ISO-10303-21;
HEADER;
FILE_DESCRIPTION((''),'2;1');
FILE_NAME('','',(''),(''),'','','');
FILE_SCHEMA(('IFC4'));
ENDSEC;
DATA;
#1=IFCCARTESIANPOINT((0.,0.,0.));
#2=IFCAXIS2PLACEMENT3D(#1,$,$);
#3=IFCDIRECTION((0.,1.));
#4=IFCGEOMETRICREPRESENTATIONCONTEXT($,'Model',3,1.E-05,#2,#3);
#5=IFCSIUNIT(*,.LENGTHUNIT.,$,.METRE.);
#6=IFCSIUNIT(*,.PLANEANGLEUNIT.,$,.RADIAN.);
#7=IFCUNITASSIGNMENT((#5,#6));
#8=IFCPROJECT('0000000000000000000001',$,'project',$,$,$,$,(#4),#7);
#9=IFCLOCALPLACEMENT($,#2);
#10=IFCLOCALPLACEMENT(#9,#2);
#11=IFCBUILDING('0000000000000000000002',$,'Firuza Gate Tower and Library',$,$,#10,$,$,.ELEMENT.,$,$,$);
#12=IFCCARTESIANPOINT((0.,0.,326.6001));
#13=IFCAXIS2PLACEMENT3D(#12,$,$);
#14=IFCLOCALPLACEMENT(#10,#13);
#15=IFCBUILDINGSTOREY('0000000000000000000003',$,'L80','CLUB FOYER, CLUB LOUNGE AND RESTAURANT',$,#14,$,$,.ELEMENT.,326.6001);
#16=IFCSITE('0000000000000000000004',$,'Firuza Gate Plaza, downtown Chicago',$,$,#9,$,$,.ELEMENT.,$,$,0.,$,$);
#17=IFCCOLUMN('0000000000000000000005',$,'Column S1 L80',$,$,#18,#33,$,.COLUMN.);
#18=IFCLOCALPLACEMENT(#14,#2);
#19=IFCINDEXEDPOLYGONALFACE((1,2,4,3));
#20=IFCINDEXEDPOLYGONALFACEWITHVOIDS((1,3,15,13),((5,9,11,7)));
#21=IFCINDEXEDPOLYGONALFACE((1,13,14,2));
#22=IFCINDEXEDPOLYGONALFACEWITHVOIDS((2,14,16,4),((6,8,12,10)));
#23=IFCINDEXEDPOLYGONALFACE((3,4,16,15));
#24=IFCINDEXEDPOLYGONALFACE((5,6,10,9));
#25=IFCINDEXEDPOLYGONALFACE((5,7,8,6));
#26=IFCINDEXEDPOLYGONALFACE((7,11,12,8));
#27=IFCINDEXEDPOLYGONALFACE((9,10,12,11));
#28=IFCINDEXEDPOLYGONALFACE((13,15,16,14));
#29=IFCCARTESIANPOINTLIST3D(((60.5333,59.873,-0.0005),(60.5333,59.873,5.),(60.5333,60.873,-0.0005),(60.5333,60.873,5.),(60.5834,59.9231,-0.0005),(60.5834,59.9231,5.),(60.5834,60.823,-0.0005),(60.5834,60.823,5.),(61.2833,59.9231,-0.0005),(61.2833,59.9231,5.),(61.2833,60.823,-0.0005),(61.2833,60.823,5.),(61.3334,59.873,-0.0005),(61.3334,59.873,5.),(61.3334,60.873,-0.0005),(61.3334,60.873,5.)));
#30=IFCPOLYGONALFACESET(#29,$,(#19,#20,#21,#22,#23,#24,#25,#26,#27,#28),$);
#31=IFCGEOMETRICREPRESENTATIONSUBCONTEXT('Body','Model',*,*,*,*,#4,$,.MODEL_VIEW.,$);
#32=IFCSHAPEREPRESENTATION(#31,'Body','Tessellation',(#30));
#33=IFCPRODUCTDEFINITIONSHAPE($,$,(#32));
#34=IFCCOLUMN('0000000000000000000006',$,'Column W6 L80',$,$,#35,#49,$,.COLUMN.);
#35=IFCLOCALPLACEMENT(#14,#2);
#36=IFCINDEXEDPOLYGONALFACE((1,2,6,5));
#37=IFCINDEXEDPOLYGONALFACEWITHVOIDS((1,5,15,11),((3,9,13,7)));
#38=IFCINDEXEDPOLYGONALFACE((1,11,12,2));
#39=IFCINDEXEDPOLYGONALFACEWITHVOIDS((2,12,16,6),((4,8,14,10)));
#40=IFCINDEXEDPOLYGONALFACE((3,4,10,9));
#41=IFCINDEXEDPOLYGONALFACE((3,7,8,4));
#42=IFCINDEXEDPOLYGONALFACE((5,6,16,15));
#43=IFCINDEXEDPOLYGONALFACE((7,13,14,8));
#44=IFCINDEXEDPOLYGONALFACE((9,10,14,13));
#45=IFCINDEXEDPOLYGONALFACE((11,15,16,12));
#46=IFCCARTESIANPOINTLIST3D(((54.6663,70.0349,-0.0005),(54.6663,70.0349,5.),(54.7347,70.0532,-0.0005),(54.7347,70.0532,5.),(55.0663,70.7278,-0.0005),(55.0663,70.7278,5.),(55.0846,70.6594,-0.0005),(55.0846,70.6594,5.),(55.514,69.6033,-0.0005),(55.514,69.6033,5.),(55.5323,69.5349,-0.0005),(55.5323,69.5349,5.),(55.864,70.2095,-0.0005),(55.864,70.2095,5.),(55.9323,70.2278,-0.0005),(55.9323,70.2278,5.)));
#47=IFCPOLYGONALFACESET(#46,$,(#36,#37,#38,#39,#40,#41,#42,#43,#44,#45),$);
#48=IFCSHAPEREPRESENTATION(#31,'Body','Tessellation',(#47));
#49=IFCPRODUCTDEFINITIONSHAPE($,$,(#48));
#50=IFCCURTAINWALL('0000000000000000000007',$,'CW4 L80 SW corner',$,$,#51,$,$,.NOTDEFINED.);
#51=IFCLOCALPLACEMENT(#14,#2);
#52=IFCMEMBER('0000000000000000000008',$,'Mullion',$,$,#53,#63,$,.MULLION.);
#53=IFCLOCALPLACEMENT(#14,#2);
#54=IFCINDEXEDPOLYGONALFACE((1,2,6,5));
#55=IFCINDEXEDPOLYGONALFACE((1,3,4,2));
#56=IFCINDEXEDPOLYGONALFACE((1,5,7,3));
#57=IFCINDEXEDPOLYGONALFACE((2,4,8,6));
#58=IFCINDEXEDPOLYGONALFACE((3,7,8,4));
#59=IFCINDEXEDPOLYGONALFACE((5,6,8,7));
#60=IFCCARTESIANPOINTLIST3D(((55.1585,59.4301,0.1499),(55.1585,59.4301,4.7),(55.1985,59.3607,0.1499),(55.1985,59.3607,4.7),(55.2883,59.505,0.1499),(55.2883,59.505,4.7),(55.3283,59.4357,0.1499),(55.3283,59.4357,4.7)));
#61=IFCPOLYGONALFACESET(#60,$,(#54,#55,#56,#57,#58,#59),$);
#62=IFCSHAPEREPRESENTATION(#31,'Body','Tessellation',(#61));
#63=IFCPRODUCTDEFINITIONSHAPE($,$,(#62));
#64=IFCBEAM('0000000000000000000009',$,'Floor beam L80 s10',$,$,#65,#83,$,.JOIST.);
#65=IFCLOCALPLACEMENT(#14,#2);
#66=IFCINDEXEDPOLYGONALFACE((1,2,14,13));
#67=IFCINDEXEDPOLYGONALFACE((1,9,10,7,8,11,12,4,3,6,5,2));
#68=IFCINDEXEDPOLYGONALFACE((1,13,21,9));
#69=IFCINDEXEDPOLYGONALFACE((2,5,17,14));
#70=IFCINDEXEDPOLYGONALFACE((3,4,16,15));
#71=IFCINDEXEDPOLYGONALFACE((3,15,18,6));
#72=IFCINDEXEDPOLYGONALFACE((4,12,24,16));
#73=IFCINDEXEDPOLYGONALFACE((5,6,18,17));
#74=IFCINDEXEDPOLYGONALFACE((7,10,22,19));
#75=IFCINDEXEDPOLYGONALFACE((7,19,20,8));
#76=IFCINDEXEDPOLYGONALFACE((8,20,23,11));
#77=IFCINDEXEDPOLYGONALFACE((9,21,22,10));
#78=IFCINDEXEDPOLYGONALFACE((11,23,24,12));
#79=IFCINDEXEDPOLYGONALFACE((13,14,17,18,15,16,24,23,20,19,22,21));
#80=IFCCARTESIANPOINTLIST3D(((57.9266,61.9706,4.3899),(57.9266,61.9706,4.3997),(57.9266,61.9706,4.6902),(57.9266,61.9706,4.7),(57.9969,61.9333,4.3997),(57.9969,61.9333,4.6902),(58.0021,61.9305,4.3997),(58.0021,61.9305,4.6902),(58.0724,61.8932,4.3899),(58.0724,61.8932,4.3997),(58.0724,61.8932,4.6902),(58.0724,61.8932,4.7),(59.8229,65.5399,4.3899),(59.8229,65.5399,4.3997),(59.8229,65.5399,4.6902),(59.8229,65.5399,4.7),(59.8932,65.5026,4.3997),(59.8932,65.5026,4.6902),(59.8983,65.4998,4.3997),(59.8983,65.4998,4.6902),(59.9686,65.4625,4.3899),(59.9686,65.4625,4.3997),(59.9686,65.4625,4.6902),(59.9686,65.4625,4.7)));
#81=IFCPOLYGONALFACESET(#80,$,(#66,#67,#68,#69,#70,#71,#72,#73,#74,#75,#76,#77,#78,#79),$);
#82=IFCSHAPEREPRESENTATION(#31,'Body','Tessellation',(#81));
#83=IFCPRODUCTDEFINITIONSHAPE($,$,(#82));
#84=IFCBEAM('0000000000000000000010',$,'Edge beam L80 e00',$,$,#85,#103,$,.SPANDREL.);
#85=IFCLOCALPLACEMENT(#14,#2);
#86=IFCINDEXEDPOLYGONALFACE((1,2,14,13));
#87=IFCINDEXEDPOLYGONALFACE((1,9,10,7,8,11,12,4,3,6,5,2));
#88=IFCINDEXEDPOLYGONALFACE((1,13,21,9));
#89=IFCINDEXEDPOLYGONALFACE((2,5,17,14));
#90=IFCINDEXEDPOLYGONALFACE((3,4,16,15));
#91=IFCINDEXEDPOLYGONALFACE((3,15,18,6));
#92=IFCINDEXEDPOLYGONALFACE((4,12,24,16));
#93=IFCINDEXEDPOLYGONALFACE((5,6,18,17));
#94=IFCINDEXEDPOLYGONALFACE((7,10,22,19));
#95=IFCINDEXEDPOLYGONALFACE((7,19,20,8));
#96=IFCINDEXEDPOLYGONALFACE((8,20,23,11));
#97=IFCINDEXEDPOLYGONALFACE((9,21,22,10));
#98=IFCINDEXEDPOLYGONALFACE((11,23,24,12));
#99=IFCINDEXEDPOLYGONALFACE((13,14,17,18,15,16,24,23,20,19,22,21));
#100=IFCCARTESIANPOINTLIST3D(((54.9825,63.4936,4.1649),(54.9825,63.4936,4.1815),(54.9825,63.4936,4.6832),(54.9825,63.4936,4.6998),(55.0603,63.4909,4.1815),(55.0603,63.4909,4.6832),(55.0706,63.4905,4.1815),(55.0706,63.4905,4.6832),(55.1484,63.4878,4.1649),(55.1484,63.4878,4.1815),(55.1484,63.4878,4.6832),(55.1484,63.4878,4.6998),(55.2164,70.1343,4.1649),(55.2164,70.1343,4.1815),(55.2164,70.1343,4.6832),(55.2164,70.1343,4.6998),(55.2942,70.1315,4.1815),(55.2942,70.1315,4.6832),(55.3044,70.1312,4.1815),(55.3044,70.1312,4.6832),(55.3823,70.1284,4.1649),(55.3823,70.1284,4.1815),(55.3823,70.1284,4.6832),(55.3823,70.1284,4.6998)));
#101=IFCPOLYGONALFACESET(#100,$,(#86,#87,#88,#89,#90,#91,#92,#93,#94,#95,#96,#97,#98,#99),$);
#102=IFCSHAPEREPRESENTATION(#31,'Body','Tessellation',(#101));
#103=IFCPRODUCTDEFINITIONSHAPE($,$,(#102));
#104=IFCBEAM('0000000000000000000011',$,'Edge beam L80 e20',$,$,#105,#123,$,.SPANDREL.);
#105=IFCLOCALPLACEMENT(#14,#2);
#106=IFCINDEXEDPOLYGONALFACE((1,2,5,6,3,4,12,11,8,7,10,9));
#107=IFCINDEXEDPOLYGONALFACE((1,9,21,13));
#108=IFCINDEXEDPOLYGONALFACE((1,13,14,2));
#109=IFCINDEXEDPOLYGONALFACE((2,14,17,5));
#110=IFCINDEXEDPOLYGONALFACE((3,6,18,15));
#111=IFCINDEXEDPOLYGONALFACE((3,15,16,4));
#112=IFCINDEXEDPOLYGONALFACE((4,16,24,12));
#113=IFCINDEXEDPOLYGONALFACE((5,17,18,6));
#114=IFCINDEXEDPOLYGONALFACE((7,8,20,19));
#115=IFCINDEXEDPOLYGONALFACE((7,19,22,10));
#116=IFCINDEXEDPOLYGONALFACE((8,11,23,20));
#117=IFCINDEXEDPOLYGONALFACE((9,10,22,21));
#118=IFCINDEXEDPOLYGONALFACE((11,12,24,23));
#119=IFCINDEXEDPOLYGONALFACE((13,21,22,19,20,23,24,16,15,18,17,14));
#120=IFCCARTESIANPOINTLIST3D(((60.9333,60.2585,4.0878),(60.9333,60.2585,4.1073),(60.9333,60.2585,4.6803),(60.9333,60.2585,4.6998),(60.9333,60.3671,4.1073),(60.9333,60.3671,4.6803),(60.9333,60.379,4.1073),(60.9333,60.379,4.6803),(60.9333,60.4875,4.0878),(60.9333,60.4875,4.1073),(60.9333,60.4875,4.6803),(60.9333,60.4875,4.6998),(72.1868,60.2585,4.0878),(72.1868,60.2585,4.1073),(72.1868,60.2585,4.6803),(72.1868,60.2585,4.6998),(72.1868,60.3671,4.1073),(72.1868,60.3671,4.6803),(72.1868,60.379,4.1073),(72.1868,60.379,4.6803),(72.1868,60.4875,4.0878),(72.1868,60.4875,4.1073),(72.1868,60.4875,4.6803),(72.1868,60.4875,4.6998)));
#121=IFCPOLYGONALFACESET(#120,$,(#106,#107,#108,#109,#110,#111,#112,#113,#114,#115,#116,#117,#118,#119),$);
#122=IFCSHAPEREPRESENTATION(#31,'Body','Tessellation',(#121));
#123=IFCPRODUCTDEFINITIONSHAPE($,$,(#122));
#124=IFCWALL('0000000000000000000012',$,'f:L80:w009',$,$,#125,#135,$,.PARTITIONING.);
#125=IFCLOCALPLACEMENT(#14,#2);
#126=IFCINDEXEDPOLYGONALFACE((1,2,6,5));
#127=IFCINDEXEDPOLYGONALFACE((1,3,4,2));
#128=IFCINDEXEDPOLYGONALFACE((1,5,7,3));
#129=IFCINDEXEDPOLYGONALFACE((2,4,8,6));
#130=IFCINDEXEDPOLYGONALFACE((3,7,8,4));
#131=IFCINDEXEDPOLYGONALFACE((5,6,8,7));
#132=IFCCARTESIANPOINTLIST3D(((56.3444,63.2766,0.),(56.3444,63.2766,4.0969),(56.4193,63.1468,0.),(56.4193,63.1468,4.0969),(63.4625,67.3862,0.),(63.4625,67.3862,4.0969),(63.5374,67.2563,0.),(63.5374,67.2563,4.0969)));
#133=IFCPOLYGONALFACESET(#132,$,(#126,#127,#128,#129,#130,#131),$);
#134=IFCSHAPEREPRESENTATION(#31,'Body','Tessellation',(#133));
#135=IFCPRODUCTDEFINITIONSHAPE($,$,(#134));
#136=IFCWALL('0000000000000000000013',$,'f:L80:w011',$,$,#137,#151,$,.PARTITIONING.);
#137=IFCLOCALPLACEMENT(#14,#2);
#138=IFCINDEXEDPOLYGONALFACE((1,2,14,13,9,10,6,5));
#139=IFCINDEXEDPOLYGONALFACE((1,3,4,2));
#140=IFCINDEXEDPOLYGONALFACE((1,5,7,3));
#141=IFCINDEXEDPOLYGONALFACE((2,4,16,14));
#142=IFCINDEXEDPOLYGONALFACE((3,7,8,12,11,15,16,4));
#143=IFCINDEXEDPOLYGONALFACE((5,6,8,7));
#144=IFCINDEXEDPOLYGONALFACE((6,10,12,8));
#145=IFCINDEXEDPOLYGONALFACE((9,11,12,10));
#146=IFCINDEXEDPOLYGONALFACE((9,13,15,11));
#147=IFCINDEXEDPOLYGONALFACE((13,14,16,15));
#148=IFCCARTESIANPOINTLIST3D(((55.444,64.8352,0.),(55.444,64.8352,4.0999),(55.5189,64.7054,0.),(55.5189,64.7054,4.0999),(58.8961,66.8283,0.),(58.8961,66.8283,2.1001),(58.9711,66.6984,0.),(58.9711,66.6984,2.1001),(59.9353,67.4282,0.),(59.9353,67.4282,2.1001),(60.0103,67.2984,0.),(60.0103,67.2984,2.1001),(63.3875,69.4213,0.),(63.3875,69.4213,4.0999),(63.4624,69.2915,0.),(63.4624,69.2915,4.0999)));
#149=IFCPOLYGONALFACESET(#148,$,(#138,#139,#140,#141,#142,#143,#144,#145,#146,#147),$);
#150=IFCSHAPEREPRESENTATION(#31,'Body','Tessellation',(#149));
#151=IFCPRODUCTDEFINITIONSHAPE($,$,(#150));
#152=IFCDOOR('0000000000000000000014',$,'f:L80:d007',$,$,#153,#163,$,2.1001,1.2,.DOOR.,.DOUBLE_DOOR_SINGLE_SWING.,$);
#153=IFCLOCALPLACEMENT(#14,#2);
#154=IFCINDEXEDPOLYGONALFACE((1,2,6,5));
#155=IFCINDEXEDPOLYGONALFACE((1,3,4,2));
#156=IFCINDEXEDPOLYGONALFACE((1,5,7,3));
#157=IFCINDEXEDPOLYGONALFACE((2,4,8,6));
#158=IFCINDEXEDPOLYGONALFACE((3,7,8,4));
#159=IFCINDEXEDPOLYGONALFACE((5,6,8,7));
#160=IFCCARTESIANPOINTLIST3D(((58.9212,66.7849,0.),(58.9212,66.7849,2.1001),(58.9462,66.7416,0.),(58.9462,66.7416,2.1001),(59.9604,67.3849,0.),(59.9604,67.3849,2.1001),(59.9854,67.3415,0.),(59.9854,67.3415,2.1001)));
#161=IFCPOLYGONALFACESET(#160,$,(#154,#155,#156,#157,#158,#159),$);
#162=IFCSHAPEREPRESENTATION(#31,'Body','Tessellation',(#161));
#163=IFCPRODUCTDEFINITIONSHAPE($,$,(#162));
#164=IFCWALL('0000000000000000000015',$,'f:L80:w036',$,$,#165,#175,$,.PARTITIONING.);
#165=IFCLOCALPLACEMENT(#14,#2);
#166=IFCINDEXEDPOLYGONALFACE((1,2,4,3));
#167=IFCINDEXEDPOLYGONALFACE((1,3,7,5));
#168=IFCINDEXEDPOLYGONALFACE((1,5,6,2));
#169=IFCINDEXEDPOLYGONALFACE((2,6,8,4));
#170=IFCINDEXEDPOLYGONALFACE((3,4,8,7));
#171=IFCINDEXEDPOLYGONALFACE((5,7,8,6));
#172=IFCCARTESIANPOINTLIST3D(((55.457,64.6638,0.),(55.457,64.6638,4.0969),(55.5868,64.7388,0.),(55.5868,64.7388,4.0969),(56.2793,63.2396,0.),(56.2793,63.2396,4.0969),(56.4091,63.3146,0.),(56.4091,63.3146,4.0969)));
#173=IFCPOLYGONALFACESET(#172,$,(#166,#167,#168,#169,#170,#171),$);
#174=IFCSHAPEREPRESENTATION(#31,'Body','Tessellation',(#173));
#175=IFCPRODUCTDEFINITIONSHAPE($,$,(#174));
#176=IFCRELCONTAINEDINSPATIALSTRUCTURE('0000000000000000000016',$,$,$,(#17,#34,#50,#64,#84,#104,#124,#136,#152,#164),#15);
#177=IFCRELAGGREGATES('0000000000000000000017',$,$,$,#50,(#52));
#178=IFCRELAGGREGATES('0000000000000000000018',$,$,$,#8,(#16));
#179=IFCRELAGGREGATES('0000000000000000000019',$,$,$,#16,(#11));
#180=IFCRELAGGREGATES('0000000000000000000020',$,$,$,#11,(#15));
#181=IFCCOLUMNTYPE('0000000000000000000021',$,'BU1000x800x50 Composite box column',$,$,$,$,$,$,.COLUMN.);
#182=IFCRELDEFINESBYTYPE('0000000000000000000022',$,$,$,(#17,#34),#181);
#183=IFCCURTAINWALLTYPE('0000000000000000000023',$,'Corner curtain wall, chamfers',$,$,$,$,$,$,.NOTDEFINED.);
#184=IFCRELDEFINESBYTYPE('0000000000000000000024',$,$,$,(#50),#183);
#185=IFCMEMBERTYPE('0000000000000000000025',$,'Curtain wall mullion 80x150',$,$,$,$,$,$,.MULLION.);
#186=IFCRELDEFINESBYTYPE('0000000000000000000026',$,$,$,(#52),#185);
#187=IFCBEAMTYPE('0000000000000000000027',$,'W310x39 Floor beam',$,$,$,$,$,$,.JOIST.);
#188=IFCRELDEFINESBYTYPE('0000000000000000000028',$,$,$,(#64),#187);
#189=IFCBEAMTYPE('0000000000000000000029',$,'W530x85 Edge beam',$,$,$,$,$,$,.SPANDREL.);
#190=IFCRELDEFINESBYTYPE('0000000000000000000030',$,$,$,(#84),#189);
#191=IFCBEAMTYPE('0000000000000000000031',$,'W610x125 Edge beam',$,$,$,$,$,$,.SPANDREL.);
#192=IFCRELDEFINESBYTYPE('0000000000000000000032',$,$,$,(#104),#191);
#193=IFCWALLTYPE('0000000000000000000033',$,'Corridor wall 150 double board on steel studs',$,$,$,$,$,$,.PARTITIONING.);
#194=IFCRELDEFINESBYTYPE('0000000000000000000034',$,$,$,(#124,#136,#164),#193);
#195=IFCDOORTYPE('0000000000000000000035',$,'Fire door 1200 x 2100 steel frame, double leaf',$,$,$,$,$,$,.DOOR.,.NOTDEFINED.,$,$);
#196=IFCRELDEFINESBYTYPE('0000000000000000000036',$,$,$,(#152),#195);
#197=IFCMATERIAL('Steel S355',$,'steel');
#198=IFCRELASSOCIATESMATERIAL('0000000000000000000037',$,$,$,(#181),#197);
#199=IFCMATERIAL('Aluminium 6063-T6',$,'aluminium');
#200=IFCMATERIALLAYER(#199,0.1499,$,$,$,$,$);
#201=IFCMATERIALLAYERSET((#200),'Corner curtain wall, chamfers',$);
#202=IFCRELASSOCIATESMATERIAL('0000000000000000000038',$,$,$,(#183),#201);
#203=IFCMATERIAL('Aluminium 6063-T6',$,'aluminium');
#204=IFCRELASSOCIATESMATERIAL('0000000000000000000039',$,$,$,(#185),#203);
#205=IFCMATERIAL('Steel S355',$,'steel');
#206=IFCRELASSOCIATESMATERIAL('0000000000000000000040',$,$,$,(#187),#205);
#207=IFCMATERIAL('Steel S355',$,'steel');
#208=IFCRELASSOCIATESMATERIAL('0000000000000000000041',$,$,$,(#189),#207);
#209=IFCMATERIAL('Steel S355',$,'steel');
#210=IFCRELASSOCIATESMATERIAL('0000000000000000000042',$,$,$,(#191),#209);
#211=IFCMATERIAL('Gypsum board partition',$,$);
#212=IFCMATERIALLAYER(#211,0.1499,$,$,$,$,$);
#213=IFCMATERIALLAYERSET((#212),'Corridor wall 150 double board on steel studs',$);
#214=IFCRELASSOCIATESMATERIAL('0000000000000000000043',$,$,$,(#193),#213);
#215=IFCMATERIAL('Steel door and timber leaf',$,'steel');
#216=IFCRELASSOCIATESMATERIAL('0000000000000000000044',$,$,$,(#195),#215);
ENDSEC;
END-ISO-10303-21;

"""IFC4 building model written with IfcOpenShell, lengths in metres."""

from ifc_helpers import new_model, si_unit, direction, frame, frame_2d, origin, origin_2d, place, context, subcontext, project, spatial, rectangle, hollow_rectangle, i_section, extrude, material, layer, layer_set, material_profile, profile_set, type_object, element, fill, aggregate, save


model = new_model("IFC4")

# Units and contexts
model_context = context("Model", 3, precision=1e-05, world=origin(), true_north=direction((0.0, 1.0)))
body_context = subcontext(model_context, "Body", "Model", "MODEL_VIEW")
ifc_project = project(units=[si_unit("LENGTHUNIT", "METRE"), si_unit("PLANEANGLEUNIT", "RADIAN")], contexts=[model_context])

# Site, building, storey
site_placement = place(None, origin())
site = spatial("IfcSite", under=ifc_project, at=site_placement, Name="Firuza Gate Plaza, downtown Chicago", CompositionType="ELEMENT", RefElevation=0.0)
building_placement = place(site_placement, origin())
building = spatial("IfcBuilding", under=site, at=building_placement, Name="Firuza Gate Tower and Library", CompositionType="ELEMENT")
storey_placement = place(building_placement, frame((0.0, 0.0, 326.6001)))
storey = spatial("IfcBuildingStorey", under=building, at=storey_placement, Name="L80", Description="CLUB FOYER, CLUB LOUNGE AND RESTAURANT", CompositionType="ELEMENT", Elevation=326.6001)

# Columns
ifc_material_1 = material(Name="Steel S355", Category="steel")
ifc_material_profile_1 = material_profile(ifc_material_1, hollow_rectangle(XDim=0.8, YDim=1.0, WallThickness=0.05, at=origin_2d()))
ifc_profile_set_1 = profile_set([ifc_material_profile_1], Name="Steel S355")
column_type = type_object("IfcColumnType", Name="BU1000x800x50 Composite box column", PredefinedType="COLUMN", material=ifc_profile_set_1)
for number, where, z_axis, x_axis, name in (
    (1, (60.9333, 60.373, -0.0005), (0.0, 0.0, 1.0), (1.0, 0.0, 0.0), "Column S1 L80"),
    (2, (55.2993, 70.1313, -0.0005), (0.0, 0.0, 1.0), (-0.5, -0.866025, 0.0), "Column W6 L80"),
):
    element("IfcColumn", number, at=place(storey_placement, frame(where, z_axis=z_axis, x_axis=x_axis)), inside=storey, type_object=column_type, Name=name, PredefinedType="COLUMN", context=body_context, shape_type="SweptSolid", body=[
        extrude(hollow_rectangle(XDim=0.8, YDim=1.0, WallThickness=0.05, at=origin_2d()), origin(), (0.0, 0.0, 1.0), 5.0005),
    ])

# Curtain wall, member
ifc_material_2 = material(Name="Aluminium 6063-T6", Category="aluminium")
ifc_layer_1 = layer(ifc_material_2, 0.1499)
ifc_layer_set_1 = layer_set([ifc_layer_1], Name="Corner curtain wall, chamfers")
curtain_wall_type = type_object("IfcCurtainWallType", Name="Corner curtain wall, chamfers", PredefinedType="NOTDEFINED", material=ifc_layer_set_1)
curtain_wall_placement = place(storey_placement, origin())
curtain_wall = element("IfcCurtainWall", 3, at=curtain_wall_placement, inside=storey, type_object=curtain_wall_type, Name="CW4 L80 SW corner", PredefinedType="NOTDEFINED")
ifc_material_3 = material(Name="Aluminium 6063-T6", Category="aluminium")
ifc_material_profile_2 = material_profile(ifc_material_3, rectangle(XDim=0.1499, YDim=0.0801, at=origin_2d()))
ifc_profile_set_2 = profile_set([ifc_material_profile_2], Name="Aluminium 6063-T6")
member_type = type_object("IfcMemberType", Name="Curtain wall mullion 80x150", PredefinedType="MULLION", material=ifc_profile_set_2)
member_placement = place(storey_placement, frame((55.2434, 59.4329, 0.1499), z_axis=(0.0, 0.0, 1.0), x_axis=(0.866025, 0.5, 0.0)))
member = element("IfcMember", 4, at=member_placement, type_object=member_type, Name="Mullion", PredefinedType="MULLION", context=body_context, shape_type="SweptSolid", body=[
    extrude(rectangle(XDim=0.1499, YDim=0.0801, at=origin_2d()), origin(), (0.0, 0.0, 1.0), 4.55),
])
aggregate(curtain_wall, [member])

# Beams
ifc_material_4 = material(Name="Steel S355", Category="steel")
ifc_material_profile_3 = material_profile(ifc_material_4, i_section(OverallWidth=0.165, OverallDepth=0.3101, WebThickness=0.0059, FlangeThickness=0.0098, at=origin_2d()))
ifc_profile_set_3 = profile_set([ifc_material_profile_3], Name="Steel S355")
beam_type_1 = type_object("IfcBeamType", Name="W310x39 Floor beam", PredefinedType="JOIST", material=ifc_profile_set_3)
beam_1_placement = place(storey_placement, frame((57.9995, 61.9319, 4.5449), z_axis=(0.469161, 0.883113, 0.0), x_axis=(-0.883113, 0.469161, 0.0)))
element("IfcBeam", 5, at=beam_1_placement, inside=storey, type_object=beam_type_1, Name="Floor beam L80 s10", PredefinedType="JOIST", context=body_context, shape_type="SweptSolid", body=[
    extrude(i_section(OverallWidth=0.165, OverallDepth=0.3101, WebThickness=0.0059, FlangeThickness=0.0098, at=origin_2d()), origin(), (0.0, 0.0, 1.0), 4.0417),
])
ifc_material_5 = material(Name="Steel S355", Category="steel")
ifc_material_profile_4 = material_profile(ifc_material_5, i_section(OverallWidth=0.166, OverallDepth=0.5349, WebThickness=0.0103, FlangeThickness=0.0166, at=origin_2d()))
ifc_profile_set_4 = profile_set([ifc_material_profile_4], Name="Steel S355")
beam_type_2 = type_object("IfcBeamType", Name="W530x85 Edge beam", PredefinedType="SPANDREL", material=ifc_profile_set_4)
beam_2_placement = place(storey_placement, frame((55.2993, 70.1313, 4.4324), z_axis=(-0.035199, -0.99938, 0.0), x_axis=(0.99938, -0.035199, 0.0)))
element("IfcBeam", 6, at=beam_2_placement, inside=storey, type_object=beam_type_2, Name="Edge beam L80 e00", PredefinedType="SPANDREL", context=body_context, shape_type="SweptSolid", body=[
    extrude(i_section(OverallWidth=0.166, OverallDepth=0.5349, WebThickness=0.0103, FlangeThickness=0.0166, at=origin_2d()), origin(), (0.0, 0.0, 1.0), 6.6448),
])
ifc_material_6 = material(Name="Steel S355", Category="steel")
ifc_material_profile_5 = material_profile(ifc_material_6, i_section(OverallWidth=0.229, OverallDepth=0.6121, WebThickness=0.012, FlangeThickness=0.0195, at=origin_2d()))
ifc_profile_set_5 = profile_set([ifc_material_profile_5], Name="Steel S355")
beam_type_3 = type_object("IfcBeamType", Name="W610x125 Edge beam", PredefinedType="SPANDREL", material=ifc_profile_set_5)
beam_3_placement = place(storey_placement, frame((60.9333, 60.373, 4.3938), z_axis=(1.0, 0.0, 0.0), x_axis=(0.0, 1.0, 0.0)))
element("IfcBeam", 7, at=beam_3_placement, inside=storey, type_object=beam_type_3, Name="Edge beam L80 e20", PredefinedType="SPANDREL", context=body_context, shape_type="SweptSolid", body=[
    extrude(i_section(OverallWidth=0.229, OverallDepth=0.6121, WebThickness=0.012, FlangeThickness=0.0195, at=origin_2d()), origin(), (0.0, 0.0, 1.0), 11.2534),
])

# Wall
ifc_material_7 = material(Name="Gypsum board partition")
ifc_layer_2 = layer(ifc_material_7, 0.1499)
ifc_layer_set_2 = layer_set([ifc_layer_2], Name="Corridor wall 150 double board on steel studs")
wall_type_1 = type_object("IfcWallType", Name="Corridor wall 150 double board on steel studs", PredefinedType="PARTITIONING", material=ifc_layer_set_2)
wall_1_placement = place(storey_placement, frame((56.3818, 63.2117, 0.0), z_axis=(0.0, 0.0, 1.0), x_axis=(0.866028, 0.499995, 0.0)))
element("IfcWall", 8, at=wall_1_placement, inside=storey, type_object=wall_type_1, Name="f:L80:w009", PredefinedType="PARTITIONING", context=body_context, shape_type="SweptSolid", body=[
    extrude(rectangle(XDim=8.2192, YDim=0.1499, at=frame_2d((4.1096, 0.0))), origin(), (0.0, 0.0, 1.0), 4.0969),
])

# Wall, opening, door
wall_2_placement = place(storey_placement, frame((55.4814, 64.7703, 0.0), z_axis=(0.0, 0.0, 1.0), x_axis=(0.866028, 0.499995, 0.0)))
wall_2 = element("IfcWall", 9, at=wall_2_placement, inside=storey, type_object=wall_type_1, Name="f:L80:w011", PredefinedType="PARTITIONING", context=body_context, shape_type="SweptSolid", body=[
    extrude(rectangle(XDim=9.1724, YDim=0.1499, at=frame_2d((4.5862, 0.0))), origin(), (0.0, 0.0, 1.0), 4.0999),
])
opening_1_placement = place(wall_2_placement, frame((3.9861, 0.0, 0.0)))
opening_1 = element("IfcOpeningElement", 10, at=opening_1_placement, cuts=wall_2, PredefinedType="OPENING", context=body_context, shape_type="SweptSolid", body=[
    extrude(rectangle(XDim=1.2, YDim=2.1001, at=frame_2d((0.6001, 1.05))), frame((0.0, 0.085, 0.0), z_axis=(0.0, -1.0, 0.0), x_axis=(1.0, 0.0, 0.0)), (0.0, 0.0, 1.0), 0.1699),
])
ifc_material_8 = material(Name="Steel door and timber leaf", Category="steel")
door_type_1 = type_object("IfcDoorType", Name="Fire door 1200 x 2100 steel frame, double leaf", OperationType="NOTDEFINED", PredefinedType="DOOR", material=ifc_material_8)
door_1_placement = place(opening_1_placement, origin())
door_1 = element("IfcDoor", 11, at=door_1_placement, inside=storey, type_object=door_type_1, Name="f:L80:d007", OperationType="DOUBLE_DOOR_SINGLE_SWING", OverallHeight=2.1001, OverallWidth=1.2, PredefinedType="DOOR", context=body_context, shape_type="SweptSolid", body=[
    extrude(rectangle(XDim=1.2, YDim=2.1001, at=frame_2d((0.6001, 1.05))), frame((0.0, 0.0249, 0.0), z_axis=(0.0, -1.0, 0.0), x_axis=(1.0, 0.0, 0.0)), (0.0, 0.0, 1.0), 0.05),
])
fill(opening_1, door_1)

# Wall
wall_3_placement = place(storey_placement, frame((56.3442, 63.2771, 0.0), z_axis=(0.0, 0.0, 1.0), x_axis=(-0.500035, 0.866005, 0.0)))
element("IfcWall", 12, at=wall_3_placement, inside=storey, type_object=wall_type_1, Name="f:L80:w036", PredefinedType="PARTITIONING", context=body_context, shape_type="SweptSolid", body=[
    extrude(rectangle(XDim=1.6445, YDim=0.1499, at=frame_2d((0.8223, 0.0))), origin(), (0.0, 0.0, 1.0), 4.0969),
])

save(model, "model.ifc")
